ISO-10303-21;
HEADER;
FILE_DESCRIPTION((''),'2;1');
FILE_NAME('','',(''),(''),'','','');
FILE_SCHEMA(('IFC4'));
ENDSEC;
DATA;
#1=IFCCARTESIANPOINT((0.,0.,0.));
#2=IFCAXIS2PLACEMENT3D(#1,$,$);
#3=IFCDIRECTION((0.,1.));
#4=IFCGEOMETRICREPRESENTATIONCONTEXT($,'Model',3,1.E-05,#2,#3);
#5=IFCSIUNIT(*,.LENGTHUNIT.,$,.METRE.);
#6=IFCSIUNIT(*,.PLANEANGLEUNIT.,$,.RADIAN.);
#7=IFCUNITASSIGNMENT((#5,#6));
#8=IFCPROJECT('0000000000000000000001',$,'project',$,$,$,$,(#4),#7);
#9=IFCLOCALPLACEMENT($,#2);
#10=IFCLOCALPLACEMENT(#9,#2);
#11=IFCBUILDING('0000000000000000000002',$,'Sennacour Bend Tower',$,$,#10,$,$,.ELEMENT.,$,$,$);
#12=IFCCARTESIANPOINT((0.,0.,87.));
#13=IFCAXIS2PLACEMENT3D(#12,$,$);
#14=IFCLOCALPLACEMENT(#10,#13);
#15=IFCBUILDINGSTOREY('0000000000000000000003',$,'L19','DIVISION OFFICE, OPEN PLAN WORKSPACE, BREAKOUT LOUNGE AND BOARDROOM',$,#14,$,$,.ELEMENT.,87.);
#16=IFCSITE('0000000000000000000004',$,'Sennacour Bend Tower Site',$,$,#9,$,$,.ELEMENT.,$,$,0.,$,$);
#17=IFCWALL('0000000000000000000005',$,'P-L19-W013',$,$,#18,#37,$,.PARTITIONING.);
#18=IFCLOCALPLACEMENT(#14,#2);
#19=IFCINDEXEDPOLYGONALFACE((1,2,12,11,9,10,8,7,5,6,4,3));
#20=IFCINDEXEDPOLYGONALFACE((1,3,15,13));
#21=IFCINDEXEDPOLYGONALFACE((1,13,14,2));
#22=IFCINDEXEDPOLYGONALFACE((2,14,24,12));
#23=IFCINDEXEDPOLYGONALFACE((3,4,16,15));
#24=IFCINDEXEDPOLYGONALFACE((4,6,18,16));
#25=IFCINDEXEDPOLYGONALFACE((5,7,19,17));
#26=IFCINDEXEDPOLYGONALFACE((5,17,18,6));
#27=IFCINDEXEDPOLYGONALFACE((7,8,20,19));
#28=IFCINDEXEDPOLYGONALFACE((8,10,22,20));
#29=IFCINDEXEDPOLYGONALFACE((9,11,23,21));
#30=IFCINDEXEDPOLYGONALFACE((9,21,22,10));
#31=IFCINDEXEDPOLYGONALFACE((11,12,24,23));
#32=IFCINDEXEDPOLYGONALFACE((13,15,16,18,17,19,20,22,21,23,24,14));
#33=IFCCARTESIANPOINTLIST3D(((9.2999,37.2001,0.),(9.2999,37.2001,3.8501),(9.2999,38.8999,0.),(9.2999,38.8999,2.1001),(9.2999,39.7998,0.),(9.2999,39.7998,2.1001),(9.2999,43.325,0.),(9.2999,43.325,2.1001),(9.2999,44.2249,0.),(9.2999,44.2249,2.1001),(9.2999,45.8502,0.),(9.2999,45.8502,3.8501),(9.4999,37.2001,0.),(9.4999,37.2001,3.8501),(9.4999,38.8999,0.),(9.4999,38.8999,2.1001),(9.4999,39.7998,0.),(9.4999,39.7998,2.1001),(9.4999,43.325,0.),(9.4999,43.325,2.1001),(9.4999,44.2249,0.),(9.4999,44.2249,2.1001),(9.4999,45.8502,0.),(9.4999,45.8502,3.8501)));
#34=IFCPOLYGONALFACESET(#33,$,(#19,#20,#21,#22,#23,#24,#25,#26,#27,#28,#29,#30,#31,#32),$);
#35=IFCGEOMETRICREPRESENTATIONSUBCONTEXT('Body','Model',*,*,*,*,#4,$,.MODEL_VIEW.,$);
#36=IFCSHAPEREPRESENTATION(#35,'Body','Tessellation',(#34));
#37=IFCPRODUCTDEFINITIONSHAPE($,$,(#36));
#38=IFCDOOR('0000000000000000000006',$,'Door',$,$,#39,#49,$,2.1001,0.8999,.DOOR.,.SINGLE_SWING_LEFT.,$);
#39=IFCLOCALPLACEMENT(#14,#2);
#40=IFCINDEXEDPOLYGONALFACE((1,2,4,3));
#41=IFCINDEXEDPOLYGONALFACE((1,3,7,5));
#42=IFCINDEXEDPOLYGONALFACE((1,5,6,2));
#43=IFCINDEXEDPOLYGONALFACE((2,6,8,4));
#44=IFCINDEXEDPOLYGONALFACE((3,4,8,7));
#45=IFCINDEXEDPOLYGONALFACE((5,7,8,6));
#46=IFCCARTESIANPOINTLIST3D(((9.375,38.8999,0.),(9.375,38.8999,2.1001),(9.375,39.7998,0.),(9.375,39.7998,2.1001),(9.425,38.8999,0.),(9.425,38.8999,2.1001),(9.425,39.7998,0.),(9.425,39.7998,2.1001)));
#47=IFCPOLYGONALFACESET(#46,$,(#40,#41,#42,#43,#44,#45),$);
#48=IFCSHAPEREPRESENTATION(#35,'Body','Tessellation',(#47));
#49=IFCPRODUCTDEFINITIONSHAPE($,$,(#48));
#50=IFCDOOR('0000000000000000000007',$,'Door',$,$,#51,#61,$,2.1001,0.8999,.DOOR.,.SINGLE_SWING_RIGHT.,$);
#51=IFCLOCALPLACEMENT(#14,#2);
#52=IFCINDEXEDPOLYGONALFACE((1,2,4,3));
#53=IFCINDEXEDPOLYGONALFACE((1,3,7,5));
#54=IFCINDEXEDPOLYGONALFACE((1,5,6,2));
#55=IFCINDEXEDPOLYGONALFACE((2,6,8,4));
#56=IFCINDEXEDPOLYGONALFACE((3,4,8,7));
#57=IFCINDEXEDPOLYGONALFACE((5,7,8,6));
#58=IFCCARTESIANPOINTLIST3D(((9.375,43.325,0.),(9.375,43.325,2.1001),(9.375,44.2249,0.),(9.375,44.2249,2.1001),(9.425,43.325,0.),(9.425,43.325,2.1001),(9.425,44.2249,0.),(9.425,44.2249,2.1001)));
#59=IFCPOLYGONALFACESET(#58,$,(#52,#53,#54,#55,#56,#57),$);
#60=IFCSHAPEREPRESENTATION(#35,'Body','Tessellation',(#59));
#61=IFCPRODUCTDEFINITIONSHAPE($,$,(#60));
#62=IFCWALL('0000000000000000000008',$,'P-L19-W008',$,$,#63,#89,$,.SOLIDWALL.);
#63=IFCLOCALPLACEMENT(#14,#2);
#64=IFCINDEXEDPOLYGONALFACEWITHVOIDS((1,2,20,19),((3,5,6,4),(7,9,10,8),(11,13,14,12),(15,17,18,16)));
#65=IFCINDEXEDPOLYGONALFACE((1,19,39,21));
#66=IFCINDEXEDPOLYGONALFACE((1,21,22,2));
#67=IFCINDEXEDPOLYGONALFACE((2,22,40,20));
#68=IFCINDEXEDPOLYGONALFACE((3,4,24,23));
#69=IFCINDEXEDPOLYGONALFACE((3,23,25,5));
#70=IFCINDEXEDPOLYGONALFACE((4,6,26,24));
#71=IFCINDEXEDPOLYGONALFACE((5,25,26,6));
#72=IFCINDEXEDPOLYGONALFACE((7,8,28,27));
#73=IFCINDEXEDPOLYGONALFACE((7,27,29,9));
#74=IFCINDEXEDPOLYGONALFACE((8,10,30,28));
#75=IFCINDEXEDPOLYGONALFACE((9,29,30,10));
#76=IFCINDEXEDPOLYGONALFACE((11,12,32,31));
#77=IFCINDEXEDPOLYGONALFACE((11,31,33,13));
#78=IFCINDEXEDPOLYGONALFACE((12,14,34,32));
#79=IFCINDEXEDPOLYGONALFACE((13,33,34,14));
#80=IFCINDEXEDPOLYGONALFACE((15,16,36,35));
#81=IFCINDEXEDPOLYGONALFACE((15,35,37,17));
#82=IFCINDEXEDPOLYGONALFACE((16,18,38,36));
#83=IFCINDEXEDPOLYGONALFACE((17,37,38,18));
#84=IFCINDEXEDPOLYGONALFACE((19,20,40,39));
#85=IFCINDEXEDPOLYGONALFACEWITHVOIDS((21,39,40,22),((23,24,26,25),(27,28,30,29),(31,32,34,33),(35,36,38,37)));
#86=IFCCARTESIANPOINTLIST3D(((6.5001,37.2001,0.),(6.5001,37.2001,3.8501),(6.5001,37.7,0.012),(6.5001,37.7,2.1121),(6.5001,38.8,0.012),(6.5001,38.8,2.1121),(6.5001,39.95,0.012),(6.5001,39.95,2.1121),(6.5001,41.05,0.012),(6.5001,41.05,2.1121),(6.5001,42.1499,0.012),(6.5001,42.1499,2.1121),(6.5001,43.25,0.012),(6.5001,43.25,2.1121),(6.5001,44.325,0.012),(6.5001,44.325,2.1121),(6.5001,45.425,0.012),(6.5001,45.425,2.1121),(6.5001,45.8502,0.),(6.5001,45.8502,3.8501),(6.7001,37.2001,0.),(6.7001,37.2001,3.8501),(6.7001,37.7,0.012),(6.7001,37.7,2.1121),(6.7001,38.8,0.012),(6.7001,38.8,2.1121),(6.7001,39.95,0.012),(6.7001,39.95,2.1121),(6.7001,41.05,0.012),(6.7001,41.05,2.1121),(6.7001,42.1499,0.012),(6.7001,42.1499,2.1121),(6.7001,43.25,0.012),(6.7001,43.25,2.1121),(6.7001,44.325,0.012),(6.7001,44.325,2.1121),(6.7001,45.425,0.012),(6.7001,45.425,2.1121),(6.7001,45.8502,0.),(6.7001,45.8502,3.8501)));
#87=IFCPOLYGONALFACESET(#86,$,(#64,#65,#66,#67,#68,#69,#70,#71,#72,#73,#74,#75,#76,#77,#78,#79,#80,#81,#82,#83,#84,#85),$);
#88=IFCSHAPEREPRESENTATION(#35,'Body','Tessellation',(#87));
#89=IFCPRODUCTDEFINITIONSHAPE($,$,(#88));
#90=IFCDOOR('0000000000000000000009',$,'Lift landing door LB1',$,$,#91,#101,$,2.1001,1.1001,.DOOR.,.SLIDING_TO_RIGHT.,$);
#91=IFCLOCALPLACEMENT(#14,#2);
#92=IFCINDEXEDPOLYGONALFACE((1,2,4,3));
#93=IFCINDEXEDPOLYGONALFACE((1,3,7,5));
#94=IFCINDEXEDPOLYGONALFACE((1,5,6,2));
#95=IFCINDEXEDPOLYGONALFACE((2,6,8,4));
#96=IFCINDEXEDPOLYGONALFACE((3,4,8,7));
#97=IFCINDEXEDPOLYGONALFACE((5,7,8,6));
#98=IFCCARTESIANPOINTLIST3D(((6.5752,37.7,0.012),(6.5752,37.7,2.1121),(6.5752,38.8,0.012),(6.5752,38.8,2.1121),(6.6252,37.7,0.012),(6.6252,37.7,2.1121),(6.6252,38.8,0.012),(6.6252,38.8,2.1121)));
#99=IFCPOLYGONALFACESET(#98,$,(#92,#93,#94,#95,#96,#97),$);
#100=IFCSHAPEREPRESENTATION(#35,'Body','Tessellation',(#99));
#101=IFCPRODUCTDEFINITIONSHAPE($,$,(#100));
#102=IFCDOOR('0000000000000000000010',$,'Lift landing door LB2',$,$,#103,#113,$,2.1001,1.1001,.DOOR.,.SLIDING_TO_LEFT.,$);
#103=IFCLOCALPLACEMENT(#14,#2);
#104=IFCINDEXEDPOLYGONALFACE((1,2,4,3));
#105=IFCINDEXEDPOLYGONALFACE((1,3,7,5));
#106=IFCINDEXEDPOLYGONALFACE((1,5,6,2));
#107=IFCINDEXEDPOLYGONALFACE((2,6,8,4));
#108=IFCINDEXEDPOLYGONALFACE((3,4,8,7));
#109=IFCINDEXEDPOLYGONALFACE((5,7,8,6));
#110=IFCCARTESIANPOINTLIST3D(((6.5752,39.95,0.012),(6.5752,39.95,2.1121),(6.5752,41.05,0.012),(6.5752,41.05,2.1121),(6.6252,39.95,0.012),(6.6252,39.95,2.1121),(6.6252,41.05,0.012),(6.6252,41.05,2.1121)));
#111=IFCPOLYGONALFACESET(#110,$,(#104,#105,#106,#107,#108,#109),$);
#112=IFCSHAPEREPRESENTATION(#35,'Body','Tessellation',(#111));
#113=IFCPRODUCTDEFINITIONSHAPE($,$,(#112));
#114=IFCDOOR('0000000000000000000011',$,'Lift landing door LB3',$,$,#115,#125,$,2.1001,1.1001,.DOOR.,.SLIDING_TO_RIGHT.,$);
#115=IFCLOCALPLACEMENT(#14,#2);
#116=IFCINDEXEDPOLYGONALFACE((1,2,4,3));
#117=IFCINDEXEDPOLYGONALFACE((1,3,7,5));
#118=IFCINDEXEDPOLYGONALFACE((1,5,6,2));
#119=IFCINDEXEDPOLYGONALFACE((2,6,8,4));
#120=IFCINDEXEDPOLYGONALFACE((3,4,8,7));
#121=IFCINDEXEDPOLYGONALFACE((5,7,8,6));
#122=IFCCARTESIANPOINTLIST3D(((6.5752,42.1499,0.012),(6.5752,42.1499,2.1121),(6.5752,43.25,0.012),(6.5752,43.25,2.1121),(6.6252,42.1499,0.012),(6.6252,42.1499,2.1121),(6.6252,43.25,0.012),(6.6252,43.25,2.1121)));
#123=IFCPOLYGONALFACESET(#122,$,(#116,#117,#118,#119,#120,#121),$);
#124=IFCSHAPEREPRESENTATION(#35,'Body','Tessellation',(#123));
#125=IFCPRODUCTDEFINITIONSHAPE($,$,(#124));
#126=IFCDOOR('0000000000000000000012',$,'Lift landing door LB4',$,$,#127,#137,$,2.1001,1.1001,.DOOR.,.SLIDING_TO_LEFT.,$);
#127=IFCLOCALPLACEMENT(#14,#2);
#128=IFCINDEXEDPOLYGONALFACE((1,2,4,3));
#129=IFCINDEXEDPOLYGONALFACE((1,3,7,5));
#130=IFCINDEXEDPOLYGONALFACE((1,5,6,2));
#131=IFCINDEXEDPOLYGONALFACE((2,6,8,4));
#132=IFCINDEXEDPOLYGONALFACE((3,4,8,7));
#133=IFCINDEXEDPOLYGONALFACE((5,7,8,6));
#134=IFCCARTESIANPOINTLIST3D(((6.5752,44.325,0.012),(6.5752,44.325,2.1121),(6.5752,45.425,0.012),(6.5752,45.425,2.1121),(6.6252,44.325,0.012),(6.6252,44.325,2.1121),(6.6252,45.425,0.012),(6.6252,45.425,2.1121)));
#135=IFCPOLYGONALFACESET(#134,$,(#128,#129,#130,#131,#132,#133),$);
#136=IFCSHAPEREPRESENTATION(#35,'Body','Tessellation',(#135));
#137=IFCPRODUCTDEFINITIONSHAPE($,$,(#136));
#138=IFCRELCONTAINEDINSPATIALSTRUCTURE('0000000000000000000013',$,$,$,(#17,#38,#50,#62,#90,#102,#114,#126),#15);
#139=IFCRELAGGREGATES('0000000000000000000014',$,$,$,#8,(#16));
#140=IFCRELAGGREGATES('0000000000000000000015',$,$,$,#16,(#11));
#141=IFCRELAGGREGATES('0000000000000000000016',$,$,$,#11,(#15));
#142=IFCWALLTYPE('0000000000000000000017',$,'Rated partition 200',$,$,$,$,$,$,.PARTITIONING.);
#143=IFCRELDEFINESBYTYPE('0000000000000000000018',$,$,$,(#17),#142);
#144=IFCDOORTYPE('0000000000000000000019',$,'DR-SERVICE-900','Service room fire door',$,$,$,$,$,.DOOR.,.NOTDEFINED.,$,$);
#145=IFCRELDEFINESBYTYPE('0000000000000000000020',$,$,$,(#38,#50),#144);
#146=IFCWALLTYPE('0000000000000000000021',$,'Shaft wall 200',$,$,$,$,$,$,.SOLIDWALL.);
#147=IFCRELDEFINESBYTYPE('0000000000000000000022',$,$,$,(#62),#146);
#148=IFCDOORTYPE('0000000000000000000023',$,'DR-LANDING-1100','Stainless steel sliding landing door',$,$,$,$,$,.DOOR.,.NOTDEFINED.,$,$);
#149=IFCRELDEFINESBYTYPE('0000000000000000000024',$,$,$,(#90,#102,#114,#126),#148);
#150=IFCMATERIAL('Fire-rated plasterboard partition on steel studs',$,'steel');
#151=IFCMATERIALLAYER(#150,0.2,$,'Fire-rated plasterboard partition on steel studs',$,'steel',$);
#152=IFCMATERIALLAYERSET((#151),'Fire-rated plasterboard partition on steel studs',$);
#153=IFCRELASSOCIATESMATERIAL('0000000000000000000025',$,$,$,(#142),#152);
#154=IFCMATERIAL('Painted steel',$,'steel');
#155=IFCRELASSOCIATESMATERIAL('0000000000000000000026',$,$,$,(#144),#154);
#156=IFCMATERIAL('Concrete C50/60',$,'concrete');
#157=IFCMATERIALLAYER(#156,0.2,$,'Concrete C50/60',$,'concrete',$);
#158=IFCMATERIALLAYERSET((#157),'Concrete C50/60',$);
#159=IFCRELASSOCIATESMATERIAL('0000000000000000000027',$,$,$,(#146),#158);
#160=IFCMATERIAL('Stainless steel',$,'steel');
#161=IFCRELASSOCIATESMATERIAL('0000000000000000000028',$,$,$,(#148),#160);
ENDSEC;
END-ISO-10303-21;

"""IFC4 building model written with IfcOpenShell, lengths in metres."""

from ifc_helpers import new_model, si_unit, direction, frame, frame_2d, origin, place, context, subcontext, project, spatial, rectangle, extrude, material, layer, layer_set, type_object, element, fill, save


model = new_model("IFC4")

# Units and contexts
model_context = context("Model", 3, precision=1e-05, world=origin(), true_north=direction((0.0, 1.0)))
body_context = subcontext(model_context, "Body", "Model", "MODEL_VIEW")
ifc_project = project(units=[si_unit("LENGTHUNIT", "METRE"), si_unit("PLANEANGLEUNIT", "RADIAN")], contexts=[model_context])

# Site, building, storey
site_placement = place(None, origin())
site = spatial("IfcSite", under=ifc_project, at=site_placement, Name="Sennacour Bend Tower Site", CompositionType="ELEMENT", RefElevation=0.0)
building_placement = place(site_placement, origin())
building = spatial("IfcBuilding", under=site, at=building_placement, Name="Sennacour Bend Tower", CompositionType="ELEMENT")
storey_placement = place(building_placement, frame((0.0, 0.0, 87.0)))
storey = spatial("IfcBuildingStorey", under=building, at=storey_placement, Name="L19", Description="DIVISION OFFICE, OPEN PLAN WORKSPACE, BREAKOUT LOUNGE AND BOARDROOM", CompositionType="ELEMENT", Elevation=87.0)

# Shared definitions
ifc_material_1 = material(Name="Painted steel", Category="steel")

# Walls, openings, doors
ifc_material_2 = material(Name="Fire-rated plasterboard partition on steel studs", Category="steel")
ifc_layer_1 = layer(ifc_material_2, 0.2, Name="Fire-rated plasterboard partition on steel studs", Category="steel")
ifc_layer_set_1 = layer_set([ifc_layer_1], Name="Fire-rated plasterboard partition on steel studs")
wall_type_1 = type_object("IfcWallType", Name="Rated partition 200", PredefinedType="PARTITIONING", material=ifc_layer_set_1)
wall_1_placement = place(storey_placement, frame((9.3999, 37.2, 0.0), z_axis=(0.0, 0.0, 1.0), x_axis=(0.0, 1.0, 0.0)))
wall_1 = element("IfcWall", 1, at=wall_1_placement, inside=storey, type_object=wall_type_1, Name="P-L19-W013", PredefinedType="PARTITIONING", context=body_context, shape_type="SweptSolid", body=[
    extrude(rectangle(XDim=8.6501, YDim=0.2, at=frame_2d((4.3252, 0.0))), origin(), (0.0, 0.0, 1.0), 3.8501),
])
opening_1_placement = place(wall_1_placement, frame((1.7, 0.0, 0.0)))
opening_1 = element("IfcOpeningElement", 2, at=opening_1_placement, cuts=wall_1, PredefinedType="OPENING", context=body_context, shape_type="SweptSolid", body=[
    extrude(rectangle(XDim=0.8999, YDim=2.1001, at=frame_2d((0.45, 1.05))), frame((0.0, 0.1099, 0.0), z_axis=(0.0, -1.0, 0.0), x_axis=(1.0, 0.0, 0.0)), (0.0, 0.0, 1.0), 0.22),
])
opening_2_placement = place(wall_1_placement, frame((6.125, 0.0, 0.0)))
opening_2 = element("IfcOpeningElement", 3, at=opening_2_placement, cuts=wall_1, PredefinedType="OPENING", context=body_context, shape_type="SweptSolid", body=[
    extrude(rectangle(XDim=0.8999, YDim=2.1001, at=frame_2d((0.45, 1.05))), frame((0.0, 0.1099, 0.0), z_axis=(0.0, -1.0, 0.0), x_axis=(1.0, 0.0, 0.0)), (0.0, 0.0, 1.0), 0.22),
])
door_type_1 = type_object("IfcDoorType", Name="DR-SERVICE-900", Description="Service room fire door", OperationType="NOTDEFINED", PredefinedType="DOOR", material=ifc_material_1)
door_1_placement = place(opening_1_placement, origin())
door_1 = element("IfcDoor", 4, at=door_1_placement, inside=storey, type_object=door_type_1, Name="Door", OperationType="SINGLE_SWING_LEFT", OverallHeight=2.1001, OverallWidth=0.8999, PredefinedType="DOOR", context=body_context, shape_type="SweptSolid", body=[
    extrude(rectangle(XDim=0.8999, YDim=2.1001, at=frame_2d((0.45, 1.05))), frame((0.0, 0.0249, 0.0), z_axis=(0.0, -1.0, 0.0), x_axis=(1.0, 0.0, 0.0)), (0.0, 0.0, 1.0), 0.05),
])
fill(opening_1, door_1)
door_2_placement = place(opening_2_placement, origin())
door_2 = element("IfcDoor", 5, at=door_2_placement, inside=storey, type_object=door_type_1, Name="Door", OperationType="SINGLE_SWING_RIGHT", OverallHeight=2.1001, OverallWidth=0.8999, PredefinedType="DOOR", context=body_context, shape_type="SweptSolid", body=[
    extrude(rectangle(XDim=0.8999, YDim=2.1001, at=frame_2d((0.45, 1.05))), frame((0.0, 0.0249, 0.0), z_axis=(0.0, -1.0, 0.0), x_axis=(1.0, 0.0, 0.0)), (0.0, 0.0, 1.0), 0.05),
])
fill(opening_2, door_2)
ifc_material_3 = material(Name="Concrete C50/60", Category="concrete")
ifc_layer_2 = layer(ifc_material_3, 0.2, Name="Concrete C50/60", Category="concrete")
ifc_layer_set_2 = layer_set([ifc_layer_2], Name="Concrete C50/60")
wall_type_2 = type_object("IfcWallType", Name="Shaft wall 200", PredefinedType="SOLIDWALL", material=ifc_layer_set_2)
wall_2_placement = place(storey_placement, frame((6.6001, 37.2, 0.0), z_axis=(0.0, 0.0, 1.0), x_axis=(0.0, 1.0, 0.0)))
wall_2 = element("IfcWall", 6, at=wall_2_placement, inside=storey, type_object=wall_type_2, Name="P-L19-W008", PredefinedType="SOLIDWALL", context=body_context, shape_type="SweptSolid", body=[
    extrude(rectangle(XDim=8.6501, YDim=0.2, at=frame_2d((4.3252, 0.0))), origin(), (0.0, 0.0, 1.0), 3.8501),
])
opening_3_placement = place(wall_2_placement, frame((0.5, 0.0, 0.012)))
opening_3 = element("IfcOpeningElement", 7, at=opening_3_placement, cuts=wall_2, PredefinedType="OPENING", context=body_context, shape_type="SweptSolid", body=[
    extrude(rectangle(XDim=1.1001, YDim=2.1001, at=frame_2d((0.55, 1.05))), frame((0.0, 0.1099, 0.0), z_axis=(0.0, -1.0, 0.0), x_axis=(1.0, 0.0, 0.0)), (0.0, 0.0, 1.0), 0.22),
])
opening_4_placement = place(wall_2_placement, frame((2.75, 0.0, 0.012)))
opening_4 = element("IfcOpeningElement", 8, at=opening_4_placement, cuts=wall_2, PredefinedType="OPENING", context=body_context, shape_type="SweptSolid", body=[
    extrude(rectangle(XDim=1.1001, YDim=2.1001, at=frame_2d((0.55, 1.05))), frame((0.0, 0.1099, 0.0), z_axis=(0.0, -1.0, 0.0), x_axis=(1.0, 0.0, 0.0)), (0.0, 0.0, 1.0), 0.22),
])
opening_5_placement = place(wall_2_placement, frame((4.95, 0.0, 0.012)))
opening_5 = element("IfcOpeningElement", 9, at=opening_5_placement, cuts=wall_2, PredefinedType="OPENING", context=body_context, shape_type="SweptSolid", body=[
    extrude(rectangle(XDim=1.1001, YDim=2.1001, at=frame_2d((0.55, 1.05))), frame((0.0, 0.1099, 0.0), z_axis=(0.0, -1.0, 0.0), x_axis=(1.0, 0.0, 0.0)), (0.0, 0.0, 1.0), 0.22),
])
opening_6_placement = place(wall_2_placement, frame((7.125, 0.0, 0.012)))
opening_6 = element("IfcOpeningElement", 10, at=opening_6_placement, cuts=wall_2, PredefinedType="OPENING", context=body_context, shape_type="SweptSolid", body=[
    extrude(rectangle(XDim=1.1001, YDim=2.1001, at=frame_2d((0.55, 1.05))), frame((0.0, 0.1099, 0.0), z_axis=(0.0, -1.0, 0.0), x_axis=(1.0, 0.0, 0.0)), (0.0, 0.0, 1.0), 0.22),
])
ifc_material_4 = material(Name="Stainless steel", Category="steel")
door_type_2 = type_object("IfcDoorType", Name="DR-LANDING-1100", Description="Stainless steel sliding landing door", OperationType="NOTDEFINED", PredefinedType="DOOR", material=ifc_material_4)
door_3_placement = place(opening_3_placement, origin())
door_3 = element("IfcDoor", 11, at=door_3_placement, inside=storey, type_object=door_type_2, Name="Lift landing door LB1", OperationType="SLIDING_TO_RIGHT", OverallHeight=2.1001, OverallWidth=1.1001, PredefinedType="DOOR", context=body_context, shape_type="SweptSolid", body=[
    extrude(rectangle(XDim=1.1001, YDim=2.1001, at=frame_2d((0.55, 1.05))), frame((0.0, 0.0249, 0.0), z_axis=(0.0, -1.0, 0.0), x_axis=(1.0, 0.0, 0.0)), (0.0, 0.0, 1.0), 0.05),
])
fill(opening_3, door_3)
door_4_placement = place(opening_4_placement, origin())
door_4 = element("IfcDoor", 12, at=door_4_placement, inside=storey, type_object=door_type_2, Name="Lift landing door LB2", OperationType="SLIDING_TO_LEFT", OverallHeight=2.1001, OverallWidth=1.1001, PredefinedType="DOOR", context=body_context, shape_type="SweptSolid", body=[
    extrude(rectangle(XDim=1.1001, YDim=2.1001, at=frame_2d((0.55, 1.05))), frame((0.0, 0.0249, 0.0), z_axis=(0.0, -1.0, 0.0), x_axis=(1.0, 0.0, 0.0)), (0.0, 0.0, 1.0), 0.05),
])
fill(opening_4, door_4)
door_5_placement = place(opening_5_placement, origin())
door_5 = element("IfcDoor", 13, at=door_5_placement, inside=storey, type_object=door_type_2, Name="Lift landing door LB3", OperationType="SLIDING_TO_RIGHT", OverallHeight=2.1001, OverallWidth=1.1001, PredefinedType="DOOR", context=body_context, shape_type="SweptSolid", body=[
    extrude(rectangle(XDim=1.1001, YDim=2.1001, at=frame_2d((0.55, 1.05))), frame((0.0, 0.0249, 0.0), z_axis=(0.0, -1.0, 0.0), x_axis=(1.0, 0.0, 0.0)), (0.0, 0.0, 1.0), 0.05),
])
fill(opening_5, door_5)
door_6_placement = place(opening_6_placement, origin())
door_6 = element("IfcDoor", 14, at=door_6_placement, inside=storey, type_object=door_type_2, Name="Lift landing door LB4", OperationType="SLIDING_TO_LEFT", OverallHeight=2.1001, OverallWidth=1.1001, PredefinedType="DOOR", context=body_context, shape_type="SweptSolid", body=[
    extrude(rectangle(XDim=1.1001, YDim=2.1001, at=frame_2d((0.55, 1.05))), frame((0.0, 0.0249, 0.0), z_axis=(0.0, -1.0, 0.0), x_axis=(1.0, 0.0, 0.0)), (0.0, 0.0, 1.0), 0.05),
])
fill(opening_6, door_6)

save(model, "model.ifc")
